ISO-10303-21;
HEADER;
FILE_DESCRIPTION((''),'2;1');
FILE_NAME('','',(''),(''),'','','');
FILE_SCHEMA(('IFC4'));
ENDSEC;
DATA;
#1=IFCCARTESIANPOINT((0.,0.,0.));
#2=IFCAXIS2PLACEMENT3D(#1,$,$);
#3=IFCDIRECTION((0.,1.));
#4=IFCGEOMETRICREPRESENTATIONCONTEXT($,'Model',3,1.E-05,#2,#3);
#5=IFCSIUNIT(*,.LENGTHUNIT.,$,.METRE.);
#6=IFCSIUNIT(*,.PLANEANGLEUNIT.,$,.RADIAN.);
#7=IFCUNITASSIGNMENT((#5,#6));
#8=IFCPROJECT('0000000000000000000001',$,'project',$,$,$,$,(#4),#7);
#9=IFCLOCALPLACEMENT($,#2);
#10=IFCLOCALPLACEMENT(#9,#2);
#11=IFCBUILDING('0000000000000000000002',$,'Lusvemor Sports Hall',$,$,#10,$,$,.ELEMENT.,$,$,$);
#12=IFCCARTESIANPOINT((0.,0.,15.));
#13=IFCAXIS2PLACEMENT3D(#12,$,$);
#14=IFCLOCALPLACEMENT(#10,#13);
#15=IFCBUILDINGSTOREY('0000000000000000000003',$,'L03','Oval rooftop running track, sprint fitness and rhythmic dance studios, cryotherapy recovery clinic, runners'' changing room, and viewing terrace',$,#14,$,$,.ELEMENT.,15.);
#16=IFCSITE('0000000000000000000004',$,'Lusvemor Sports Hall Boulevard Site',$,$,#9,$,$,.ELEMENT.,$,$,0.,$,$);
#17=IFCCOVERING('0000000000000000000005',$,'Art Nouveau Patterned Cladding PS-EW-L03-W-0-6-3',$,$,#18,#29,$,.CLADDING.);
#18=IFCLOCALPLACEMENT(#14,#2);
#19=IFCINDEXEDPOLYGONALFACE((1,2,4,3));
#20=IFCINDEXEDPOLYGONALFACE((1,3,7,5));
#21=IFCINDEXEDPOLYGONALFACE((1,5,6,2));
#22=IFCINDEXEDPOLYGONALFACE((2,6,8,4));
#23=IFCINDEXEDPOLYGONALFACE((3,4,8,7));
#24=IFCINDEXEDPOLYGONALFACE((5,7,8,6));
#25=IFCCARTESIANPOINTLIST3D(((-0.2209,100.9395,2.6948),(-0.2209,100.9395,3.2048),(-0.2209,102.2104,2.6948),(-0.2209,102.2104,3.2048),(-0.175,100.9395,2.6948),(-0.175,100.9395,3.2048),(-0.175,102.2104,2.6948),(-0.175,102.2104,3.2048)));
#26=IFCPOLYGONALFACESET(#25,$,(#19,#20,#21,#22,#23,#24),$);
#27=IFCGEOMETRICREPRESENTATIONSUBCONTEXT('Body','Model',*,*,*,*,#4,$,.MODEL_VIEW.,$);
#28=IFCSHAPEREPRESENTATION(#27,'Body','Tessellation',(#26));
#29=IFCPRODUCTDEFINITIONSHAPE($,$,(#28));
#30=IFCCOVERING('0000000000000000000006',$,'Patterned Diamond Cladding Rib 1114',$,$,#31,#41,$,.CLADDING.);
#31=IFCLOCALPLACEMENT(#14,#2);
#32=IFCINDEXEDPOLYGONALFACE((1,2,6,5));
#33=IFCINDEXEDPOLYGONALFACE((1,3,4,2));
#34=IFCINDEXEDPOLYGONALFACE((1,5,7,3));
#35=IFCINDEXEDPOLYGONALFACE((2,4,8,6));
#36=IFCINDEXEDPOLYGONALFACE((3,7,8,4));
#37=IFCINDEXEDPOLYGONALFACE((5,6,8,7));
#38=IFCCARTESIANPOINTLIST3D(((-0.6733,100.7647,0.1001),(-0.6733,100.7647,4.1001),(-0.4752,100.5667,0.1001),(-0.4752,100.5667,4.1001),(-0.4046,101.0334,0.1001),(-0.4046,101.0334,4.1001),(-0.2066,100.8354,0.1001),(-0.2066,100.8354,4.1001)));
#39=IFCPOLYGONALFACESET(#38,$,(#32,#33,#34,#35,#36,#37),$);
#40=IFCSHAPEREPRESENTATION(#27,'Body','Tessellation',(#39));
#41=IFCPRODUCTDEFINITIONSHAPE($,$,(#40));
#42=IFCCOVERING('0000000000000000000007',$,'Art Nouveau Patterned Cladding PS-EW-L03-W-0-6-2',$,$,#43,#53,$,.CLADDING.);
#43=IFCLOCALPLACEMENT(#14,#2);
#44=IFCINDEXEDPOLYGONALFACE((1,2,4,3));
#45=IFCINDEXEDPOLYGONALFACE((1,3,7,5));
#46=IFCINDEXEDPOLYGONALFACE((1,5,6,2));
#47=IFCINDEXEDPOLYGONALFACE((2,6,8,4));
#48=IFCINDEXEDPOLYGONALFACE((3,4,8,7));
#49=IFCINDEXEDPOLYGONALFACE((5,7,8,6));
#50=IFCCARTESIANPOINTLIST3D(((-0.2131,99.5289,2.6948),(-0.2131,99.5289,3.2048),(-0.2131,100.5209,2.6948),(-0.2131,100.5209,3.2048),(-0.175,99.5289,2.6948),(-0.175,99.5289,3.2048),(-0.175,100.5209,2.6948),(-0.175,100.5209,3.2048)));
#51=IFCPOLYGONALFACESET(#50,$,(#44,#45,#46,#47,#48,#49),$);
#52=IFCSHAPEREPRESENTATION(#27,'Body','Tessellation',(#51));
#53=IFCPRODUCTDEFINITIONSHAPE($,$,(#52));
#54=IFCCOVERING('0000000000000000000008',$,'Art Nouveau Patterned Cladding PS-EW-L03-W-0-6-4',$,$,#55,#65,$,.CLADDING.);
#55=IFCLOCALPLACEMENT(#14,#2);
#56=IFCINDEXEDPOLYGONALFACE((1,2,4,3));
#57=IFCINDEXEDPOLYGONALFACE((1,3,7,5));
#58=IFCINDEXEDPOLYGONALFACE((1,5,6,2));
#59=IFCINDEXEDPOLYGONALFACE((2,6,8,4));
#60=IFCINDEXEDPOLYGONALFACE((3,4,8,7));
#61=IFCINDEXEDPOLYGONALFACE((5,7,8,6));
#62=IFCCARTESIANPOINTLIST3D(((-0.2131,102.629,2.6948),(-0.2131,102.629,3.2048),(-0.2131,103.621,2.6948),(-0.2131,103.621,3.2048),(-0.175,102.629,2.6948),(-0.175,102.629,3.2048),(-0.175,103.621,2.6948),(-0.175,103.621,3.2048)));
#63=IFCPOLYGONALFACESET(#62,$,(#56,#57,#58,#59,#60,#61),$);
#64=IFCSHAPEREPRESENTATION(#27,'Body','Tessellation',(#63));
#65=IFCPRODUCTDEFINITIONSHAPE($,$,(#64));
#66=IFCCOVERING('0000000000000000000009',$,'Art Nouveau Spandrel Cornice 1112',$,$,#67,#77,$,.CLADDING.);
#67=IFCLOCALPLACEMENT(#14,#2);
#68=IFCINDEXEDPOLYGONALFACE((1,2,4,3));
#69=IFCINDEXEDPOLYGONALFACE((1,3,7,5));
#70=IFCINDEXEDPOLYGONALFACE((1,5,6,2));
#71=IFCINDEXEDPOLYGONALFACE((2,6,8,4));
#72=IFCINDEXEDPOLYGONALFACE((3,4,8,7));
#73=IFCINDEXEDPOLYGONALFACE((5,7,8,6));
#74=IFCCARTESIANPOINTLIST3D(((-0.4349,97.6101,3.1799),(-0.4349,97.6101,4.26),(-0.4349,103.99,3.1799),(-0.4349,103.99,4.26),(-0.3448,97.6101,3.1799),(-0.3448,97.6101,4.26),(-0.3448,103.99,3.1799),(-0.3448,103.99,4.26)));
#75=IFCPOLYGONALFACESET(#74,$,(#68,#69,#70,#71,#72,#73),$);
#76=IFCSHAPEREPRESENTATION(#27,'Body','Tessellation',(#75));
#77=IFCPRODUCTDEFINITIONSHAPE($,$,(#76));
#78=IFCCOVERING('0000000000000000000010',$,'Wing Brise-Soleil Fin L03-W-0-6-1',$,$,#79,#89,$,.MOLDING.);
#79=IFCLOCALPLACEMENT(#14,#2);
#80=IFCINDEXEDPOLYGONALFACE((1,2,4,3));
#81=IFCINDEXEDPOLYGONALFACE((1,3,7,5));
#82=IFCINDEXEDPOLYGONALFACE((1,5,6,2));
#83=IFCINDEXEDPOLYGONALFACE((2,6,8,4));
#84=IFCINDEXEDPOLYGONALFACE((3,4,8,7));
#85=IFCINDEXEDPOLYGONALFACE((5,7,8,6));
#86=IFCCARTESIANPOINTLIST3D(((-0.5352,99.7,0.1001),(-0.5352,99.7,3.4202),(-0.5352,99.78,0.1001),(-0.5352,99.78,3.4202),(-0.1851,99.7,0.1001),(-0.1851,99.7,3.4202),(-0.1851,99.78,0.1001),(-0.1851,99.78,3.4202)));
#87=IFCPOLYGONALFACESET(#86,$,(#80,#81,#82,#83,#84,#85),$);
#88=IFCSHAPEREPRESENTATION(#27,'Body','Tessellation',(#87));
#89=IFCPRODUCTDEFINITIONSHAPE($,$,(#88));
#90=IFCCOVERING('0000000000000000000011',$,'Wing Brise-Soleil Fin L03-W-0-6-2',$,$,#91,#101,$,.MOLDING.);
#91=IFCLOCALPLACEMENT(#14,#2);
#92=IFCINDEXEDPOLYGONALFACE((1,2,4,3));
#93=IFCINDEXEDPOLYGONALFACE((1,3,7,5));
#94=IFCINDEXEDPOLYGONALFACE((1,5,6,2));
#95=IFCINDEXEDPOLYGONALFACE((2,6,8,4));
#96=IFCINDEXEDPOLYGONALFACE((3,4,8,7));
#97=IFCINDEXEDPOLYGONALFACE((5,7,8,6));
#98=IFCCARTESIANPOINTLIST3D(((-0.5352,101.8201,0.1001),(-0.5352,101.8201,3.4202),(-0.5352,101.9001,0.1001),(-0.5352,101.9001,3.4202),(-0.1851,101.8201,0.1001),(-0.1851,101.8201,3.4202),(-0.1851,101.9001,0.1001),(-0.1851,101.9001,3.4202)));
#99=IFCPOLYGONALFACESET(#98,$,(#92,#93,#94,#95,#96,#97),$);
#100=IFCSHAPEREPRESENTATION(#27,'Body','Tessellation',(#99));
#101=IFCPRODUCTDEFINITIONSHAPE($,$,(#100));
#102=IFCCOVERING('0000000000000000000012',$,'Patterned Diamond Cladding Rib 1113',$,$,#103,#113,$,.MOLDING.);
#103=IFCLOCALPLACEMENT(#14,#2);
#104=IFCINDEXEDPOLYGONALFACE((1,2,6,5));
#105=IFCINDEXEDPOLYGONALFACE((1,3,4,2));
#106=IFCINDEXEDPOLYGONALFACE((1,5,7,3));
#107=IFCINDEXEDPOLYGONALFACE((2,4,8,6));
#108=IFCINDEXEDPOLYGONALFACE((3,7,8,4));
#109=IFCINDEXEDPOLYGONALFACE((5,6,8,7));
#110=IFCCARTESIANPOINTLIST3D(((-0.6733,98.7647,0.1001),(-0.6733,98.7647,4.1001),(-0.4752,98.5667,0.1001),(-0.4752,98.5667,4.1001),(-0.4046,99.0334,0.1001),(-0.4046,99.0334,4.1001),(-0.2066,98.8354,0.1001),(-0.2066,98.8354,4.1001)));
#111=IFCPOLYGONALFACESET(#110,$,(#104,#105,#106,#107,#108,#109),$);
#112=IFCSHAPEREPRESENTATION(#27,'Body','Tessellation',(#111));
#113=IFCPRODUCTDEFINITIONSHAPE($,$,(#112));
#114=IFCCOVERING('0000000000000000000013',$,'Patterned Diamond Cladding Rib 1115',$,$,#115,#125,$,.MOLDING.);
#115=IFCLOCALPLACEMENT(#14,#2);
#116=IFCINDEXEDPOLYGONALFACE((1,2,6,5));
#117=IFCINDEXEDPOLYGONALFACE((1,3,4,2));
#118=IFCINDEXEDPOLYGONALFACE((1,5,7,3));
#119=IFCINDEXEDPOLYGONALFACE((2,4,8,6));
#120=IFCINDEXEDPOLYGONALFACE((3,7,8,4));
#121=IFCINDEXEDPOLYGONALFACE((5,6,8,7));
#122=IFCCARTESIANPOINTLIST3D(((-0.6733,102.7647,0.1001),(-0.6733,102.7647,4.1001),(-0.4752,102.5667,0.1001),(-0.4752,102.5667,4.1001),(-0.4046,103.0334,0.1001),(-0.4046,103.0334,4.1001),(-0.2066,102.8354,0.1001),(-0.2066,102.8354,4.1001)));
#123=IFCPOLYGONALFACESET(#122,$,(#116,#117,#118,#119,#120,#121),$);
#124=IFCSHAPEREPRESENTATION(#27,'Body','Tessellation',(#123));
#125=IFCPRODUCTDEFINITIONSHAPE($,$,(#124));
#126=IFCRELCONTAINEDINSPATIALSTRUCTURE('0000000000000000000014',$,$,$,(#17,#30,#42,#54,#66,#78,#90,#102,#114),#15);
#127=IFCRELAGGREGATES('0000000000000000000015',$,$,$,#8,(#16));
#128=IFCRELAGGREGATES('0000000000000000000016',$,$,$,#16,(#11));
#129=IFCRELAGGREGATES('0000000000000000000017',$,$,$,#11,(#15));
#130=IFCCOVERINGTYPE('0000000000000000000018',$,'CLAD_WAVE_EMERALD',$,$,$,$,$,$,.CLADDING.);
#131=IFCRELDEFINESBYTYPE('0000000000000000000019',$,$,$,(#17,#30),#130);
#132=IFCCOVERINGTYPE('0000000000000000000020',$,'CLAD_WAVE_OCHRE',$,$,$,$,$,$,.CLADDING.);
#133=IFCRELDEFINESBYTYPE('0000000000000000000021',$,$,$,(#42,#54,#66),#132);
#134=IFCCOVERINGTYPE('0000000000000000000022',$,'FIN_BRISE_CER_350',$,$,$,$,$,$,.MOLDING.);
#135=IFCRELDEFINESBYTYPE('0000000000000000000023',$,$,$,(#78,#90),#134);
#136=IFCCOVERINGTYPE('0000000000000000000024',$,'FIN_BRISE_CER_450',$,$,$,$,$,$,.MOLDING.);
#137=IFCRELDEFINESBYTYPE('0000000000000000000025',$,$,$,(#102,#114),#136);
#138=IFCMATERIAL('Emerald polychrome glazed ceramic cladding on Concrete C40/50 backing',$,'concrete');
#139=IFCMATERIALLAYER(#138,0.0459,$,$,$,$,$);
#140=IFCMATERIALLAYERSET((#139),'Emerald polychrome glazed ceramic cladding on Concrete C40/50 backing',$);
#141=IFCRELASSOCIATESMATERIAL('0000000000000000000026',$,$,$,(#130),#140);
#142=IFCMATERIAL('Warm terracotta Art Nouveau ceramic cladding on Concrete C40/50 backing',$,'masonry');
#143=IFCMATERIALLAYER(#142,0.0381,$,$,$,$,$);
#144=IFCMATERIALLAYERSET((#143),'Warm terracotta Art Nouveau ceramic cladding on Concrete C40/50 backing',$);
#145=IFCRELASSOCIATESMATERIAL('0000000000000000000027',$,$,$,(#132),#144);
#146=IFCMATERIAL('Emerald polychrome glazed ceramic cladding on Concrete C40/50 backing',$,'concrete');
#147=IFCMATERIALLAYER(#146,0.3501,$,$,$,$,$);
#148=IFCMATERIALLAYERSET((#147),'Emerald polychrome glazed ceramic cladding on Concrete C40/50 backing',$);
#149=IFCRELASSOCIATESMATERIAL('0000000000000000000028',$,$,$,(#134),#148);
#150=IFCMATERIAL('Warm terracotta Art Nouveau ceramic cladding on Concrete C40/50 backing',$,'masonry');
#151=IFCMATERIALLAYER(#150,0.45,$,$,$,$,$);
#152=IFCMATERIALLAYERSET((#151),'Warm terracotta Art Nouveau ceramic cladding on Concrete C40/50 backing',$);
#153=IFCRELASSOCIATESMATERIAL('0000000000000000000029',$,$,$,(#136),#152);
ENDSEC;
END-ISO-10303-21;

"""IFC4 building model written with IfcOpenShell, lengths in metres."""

from ifc_helpers import new_model, si_unit, direction, frame, origin, origin_2d, place, context, subcontext, project, spatial, rectangle, extrude, material, layer, layer_set, type_object, element, save


model = new_model("IFC4")

# Units and contexts
model_context = context("Model", 3, precision=1e-05, world=origin(), true_north=direction((0.0, 1.0)))
body_context = subcontext(model_context, "Body", "Model", "MODEL_VIEW")
ifc_project = project(units=[si_unit("LENGTHUNIT", "METRE"), si_unit("PLANEANGLEUNIT", "RADIAN")], contexts=[model_context])

# Site, building, storey
site_placement = place(None, origin())
site = spatial("IfcSite", under=ifc_project, at=site_placement, Name="Lusvemor Sports Hall Boulevard Site", CompositionType="ELEMENT", RefElevation=0.0)
building_placement = place(site_placement, origin())
building = spatial("IfcBuilding", under=site, at=building_placement, Name="Lusvemor Sports Hall", CompositionType="ELEMENT")
storey_placement = place(building_placement, frame((0.0, 0.0, 15.0)))
storey = spatial("IfcBuildingStorey", under=building, at=storey_placement, Name="L03", Description="Oval rooftop running track, sprint fitness and rhythmic dance studios, cryotherapy recovery clinic, runners' changing room, and viewing terrace", CompositionType="ELEMENT", Elevation=15.0)

# Coverings
ifc_material_1 = material(Name="Emerald polychrome glazed ceramic cladding on Concrete C40/50 backing", Category="concrete")
ifc_layer_1 = layer(ifc_material_1, 0.0459)
ifc_layer_set_1 = layer_set([ifc_layer_1], Name="Emerald polychrome glazed ceramic cladding on Concrete C40/50 backing")
covering_type_1 = type_object("IfcCoveringType", Name="CLAD_WAVE_EMERALD", PredefinedType="CLADDING", material=ifc_layer_set_1)
for number, where, z_axis, x_axis, name in (
    (1, (-0.198, 101.575, 2.6948), (0.0, 0.0, 1.0), (1.0, 0.0, 0.0), "Art Nouveau Patterned Cladding PS-EW-L03-W-0-6-3"),
):
    element("IfcCovering", number, at=place(storey_placement, frame(where, z_axis=z_axis, x_axis=x_axis)), inside=storey, type_object=covering_type_1, Name=name, PredefinedType="CLADDING", context=body_context, shape_type="SweptSolid", body=[
        extrude(rectangle(XDim=0.0459, YDim=1.271, at=origin_2d()), origin(), (0.0, 0.0, 1.0), 0.51),
    ])
covering_1_placement = place(storey_placement, frame((-0.4399, 100.8, 0.1001), z_axis=(0.0, 0.0, 1.0), x_axis=(0.707107, 0.707107, 0.0)))
element("IfcCovering", 2, at=covering_1_placement, inside=storey, type_object=covering_type_1, Name="Patterned Diamond Cladding Rib 1114", PredefinedType="CLADDING", context=body_context, shape_type="SweptSolid", body=[
    extrude(rectangle(XDim=0.3799, YDim=0.28, at=origin_2d()), origin(), (0.0, 0.0, 1.0), 4.0),
])
ifc_material_2 = material(Name="Warm terracotta Art Nouveau ceramic cladding on Concrete C40/50 backing", Category="masonry")
ifc_layer_2 = layer(ifc_material_2, 0.0381)
ifc_layer_set_2 = layer_set([ifc_layer_2], Name="Warm terracotta Art Nouveau ceramic cladding on Concrete C40/50 backing")
covering_type_2 = type_object("IfcCoveringType", Name="CLAD_WAVE_OCHRE", PredefinedType="CLADDING", material=ifc_layer_set_2)
for number, where, z_axis, x_axis, name in (
    (3, (-0.1941, 100.0249, 2.6948), (0.0, 0.0, 1.0), (1.0, 0.0, 0.0), "Art Nouveau Patterned Cladding PS-EW-L03-W-0-6-2"),
    (4, (-0.1941, 103.125, 2.6948), (0.0, 0.0, 1.0), (1.0, 0.0, 0.0), "Art Nouveau Patterned Cladding PS-EW-L03-W-0-6-4"),
):
    element("IfcCovering", number, at=place(storey_placement, frame(where, z_axis=z_axis, x_axis=x_axis)), inside=storey, type_object=covering_type_2, Name=name, PredefinedType="CLADDING", context=body_context, shape_type="SweptSolid", body=[
        extrude(rectangle(XDim=0.0381, YDim=0.9919, at=origin_2d()), origin(), (0.0, 0.0, 1.0), 0.51),
    ])
covering_2_placement = place(storey_placement, frame((-0.3899, 100.8, 3.1799), z_axis=(0.0, 0.0, 1.0), x_axis=(1.0, 0.0, 0.0)))
element("IfcCovering", 5, at=covering_2_placement, inside=storey, type_object=covering_type_2, Name="Art Nouveau Spandrel Cornice 1112", PredefinedType="CLADDING", context=body_context, shape_type="SweptSolid", body=[
    extrude(rectangle(XDim=0.0901, YDim=6.3799, at=origin_2d()), origin(), (0.0, 0.0, 1.0), 1.0801),
])
ifc_material_3 = material(Name="Emerald polychrome glazed ceramic cladding on Concrete C40/50 backing", Category="concrete")
ifc_layer_3 = layer(ifc_material_3, 0.3501)
ifc_layer_set_3 = layer_set([ifc_layer_3], Name="Emerald polychrome glazed ceramic cladding on Concrete C40/50 backing")
covering_type_3 = type_object("IfcCoveringType", Name="FIN_BRISE_CER_350", PredefinedType="MOLDING", material=ifc_layer_set_3)
for number, where, z_axis, x_axis, name in (
    (6, (-0.3601, 99.74, 0.1001), (0.0, 0.0, 1.0), (1.0, 0.0, 0.0), "Wing Brise-Soleil Fin L03-W-0-6-1"),
    (7, (-0.3601, 101.8601, 0.1001), (0.0, 0.0, 1.0), (1.0, 0.0, 0.0), "Wing Brise-Soleil Fin L03-W-0-6-2"),
):
    element("IfcCovering", number, at=place(storey_placement, frame(where, z_axis=z_axis, x_axis=x_axis)), inside=storey, type_object=covering_type_3, Name=name, PredefinedType="MOLDING", context=body_context, shape_type="SweptSolid", body=[
        extrude(rectangle(XDim=0.3501, YDim=0.0801, at=origin_2d()), origin(), (0.0, 0.0, 1.0), 3.3201),
    ])
ifc_material_4 = material(Name="Warm terracotta Art Nouveau ceramic cladding on Concrete C40/50 backing", Category="masonry")
ifc_layer_4 = layer(ifc_material_4, 0.45)
ifc_layer_set_4 = layer_set([ifc_layer_4], Name="Warm terracotta Art Nouveau ceramic cladding on Concrete C40/50 backing")
covering_type_4 = type_object("IfcCoveringType", Name="FIN_BRISE_CER_450", PredefinedType="MOLDING", material=ifc_layer_set_4)
for number, where, z_axis, x_axis, name in (
    (8, (-0.4399, 98.8, 0.1001), (0.0, 0.0, 1.0), (0.707107, 0.707107, 0.0), "Patterned Diamond Cladding Rib 1113"),
    (9, (-0.4399, 102.8, 0.1001), (0.0, 0.0, 1.0), (0.707107, 0.707107, 0.0), "Patterned Diamond Cladding Rib 1115"),
):
    element("IfcCovering", number, at=place(storey_placement, frame(where, z_axis=z_axis, x_axis=x_axis)), inside=storey, type_object=covering_type_4, Name=name, PredefinedType="MOLDING", context=body_context, shape_type="SweptSolid", body=[
        extrude(rectangle(XDim=0.3799, YDim=0.28, at=origin_2d()), origin(), (0.0, 0.0, 1.0), 4.0),
    ])

save(model, "model.ifc")
